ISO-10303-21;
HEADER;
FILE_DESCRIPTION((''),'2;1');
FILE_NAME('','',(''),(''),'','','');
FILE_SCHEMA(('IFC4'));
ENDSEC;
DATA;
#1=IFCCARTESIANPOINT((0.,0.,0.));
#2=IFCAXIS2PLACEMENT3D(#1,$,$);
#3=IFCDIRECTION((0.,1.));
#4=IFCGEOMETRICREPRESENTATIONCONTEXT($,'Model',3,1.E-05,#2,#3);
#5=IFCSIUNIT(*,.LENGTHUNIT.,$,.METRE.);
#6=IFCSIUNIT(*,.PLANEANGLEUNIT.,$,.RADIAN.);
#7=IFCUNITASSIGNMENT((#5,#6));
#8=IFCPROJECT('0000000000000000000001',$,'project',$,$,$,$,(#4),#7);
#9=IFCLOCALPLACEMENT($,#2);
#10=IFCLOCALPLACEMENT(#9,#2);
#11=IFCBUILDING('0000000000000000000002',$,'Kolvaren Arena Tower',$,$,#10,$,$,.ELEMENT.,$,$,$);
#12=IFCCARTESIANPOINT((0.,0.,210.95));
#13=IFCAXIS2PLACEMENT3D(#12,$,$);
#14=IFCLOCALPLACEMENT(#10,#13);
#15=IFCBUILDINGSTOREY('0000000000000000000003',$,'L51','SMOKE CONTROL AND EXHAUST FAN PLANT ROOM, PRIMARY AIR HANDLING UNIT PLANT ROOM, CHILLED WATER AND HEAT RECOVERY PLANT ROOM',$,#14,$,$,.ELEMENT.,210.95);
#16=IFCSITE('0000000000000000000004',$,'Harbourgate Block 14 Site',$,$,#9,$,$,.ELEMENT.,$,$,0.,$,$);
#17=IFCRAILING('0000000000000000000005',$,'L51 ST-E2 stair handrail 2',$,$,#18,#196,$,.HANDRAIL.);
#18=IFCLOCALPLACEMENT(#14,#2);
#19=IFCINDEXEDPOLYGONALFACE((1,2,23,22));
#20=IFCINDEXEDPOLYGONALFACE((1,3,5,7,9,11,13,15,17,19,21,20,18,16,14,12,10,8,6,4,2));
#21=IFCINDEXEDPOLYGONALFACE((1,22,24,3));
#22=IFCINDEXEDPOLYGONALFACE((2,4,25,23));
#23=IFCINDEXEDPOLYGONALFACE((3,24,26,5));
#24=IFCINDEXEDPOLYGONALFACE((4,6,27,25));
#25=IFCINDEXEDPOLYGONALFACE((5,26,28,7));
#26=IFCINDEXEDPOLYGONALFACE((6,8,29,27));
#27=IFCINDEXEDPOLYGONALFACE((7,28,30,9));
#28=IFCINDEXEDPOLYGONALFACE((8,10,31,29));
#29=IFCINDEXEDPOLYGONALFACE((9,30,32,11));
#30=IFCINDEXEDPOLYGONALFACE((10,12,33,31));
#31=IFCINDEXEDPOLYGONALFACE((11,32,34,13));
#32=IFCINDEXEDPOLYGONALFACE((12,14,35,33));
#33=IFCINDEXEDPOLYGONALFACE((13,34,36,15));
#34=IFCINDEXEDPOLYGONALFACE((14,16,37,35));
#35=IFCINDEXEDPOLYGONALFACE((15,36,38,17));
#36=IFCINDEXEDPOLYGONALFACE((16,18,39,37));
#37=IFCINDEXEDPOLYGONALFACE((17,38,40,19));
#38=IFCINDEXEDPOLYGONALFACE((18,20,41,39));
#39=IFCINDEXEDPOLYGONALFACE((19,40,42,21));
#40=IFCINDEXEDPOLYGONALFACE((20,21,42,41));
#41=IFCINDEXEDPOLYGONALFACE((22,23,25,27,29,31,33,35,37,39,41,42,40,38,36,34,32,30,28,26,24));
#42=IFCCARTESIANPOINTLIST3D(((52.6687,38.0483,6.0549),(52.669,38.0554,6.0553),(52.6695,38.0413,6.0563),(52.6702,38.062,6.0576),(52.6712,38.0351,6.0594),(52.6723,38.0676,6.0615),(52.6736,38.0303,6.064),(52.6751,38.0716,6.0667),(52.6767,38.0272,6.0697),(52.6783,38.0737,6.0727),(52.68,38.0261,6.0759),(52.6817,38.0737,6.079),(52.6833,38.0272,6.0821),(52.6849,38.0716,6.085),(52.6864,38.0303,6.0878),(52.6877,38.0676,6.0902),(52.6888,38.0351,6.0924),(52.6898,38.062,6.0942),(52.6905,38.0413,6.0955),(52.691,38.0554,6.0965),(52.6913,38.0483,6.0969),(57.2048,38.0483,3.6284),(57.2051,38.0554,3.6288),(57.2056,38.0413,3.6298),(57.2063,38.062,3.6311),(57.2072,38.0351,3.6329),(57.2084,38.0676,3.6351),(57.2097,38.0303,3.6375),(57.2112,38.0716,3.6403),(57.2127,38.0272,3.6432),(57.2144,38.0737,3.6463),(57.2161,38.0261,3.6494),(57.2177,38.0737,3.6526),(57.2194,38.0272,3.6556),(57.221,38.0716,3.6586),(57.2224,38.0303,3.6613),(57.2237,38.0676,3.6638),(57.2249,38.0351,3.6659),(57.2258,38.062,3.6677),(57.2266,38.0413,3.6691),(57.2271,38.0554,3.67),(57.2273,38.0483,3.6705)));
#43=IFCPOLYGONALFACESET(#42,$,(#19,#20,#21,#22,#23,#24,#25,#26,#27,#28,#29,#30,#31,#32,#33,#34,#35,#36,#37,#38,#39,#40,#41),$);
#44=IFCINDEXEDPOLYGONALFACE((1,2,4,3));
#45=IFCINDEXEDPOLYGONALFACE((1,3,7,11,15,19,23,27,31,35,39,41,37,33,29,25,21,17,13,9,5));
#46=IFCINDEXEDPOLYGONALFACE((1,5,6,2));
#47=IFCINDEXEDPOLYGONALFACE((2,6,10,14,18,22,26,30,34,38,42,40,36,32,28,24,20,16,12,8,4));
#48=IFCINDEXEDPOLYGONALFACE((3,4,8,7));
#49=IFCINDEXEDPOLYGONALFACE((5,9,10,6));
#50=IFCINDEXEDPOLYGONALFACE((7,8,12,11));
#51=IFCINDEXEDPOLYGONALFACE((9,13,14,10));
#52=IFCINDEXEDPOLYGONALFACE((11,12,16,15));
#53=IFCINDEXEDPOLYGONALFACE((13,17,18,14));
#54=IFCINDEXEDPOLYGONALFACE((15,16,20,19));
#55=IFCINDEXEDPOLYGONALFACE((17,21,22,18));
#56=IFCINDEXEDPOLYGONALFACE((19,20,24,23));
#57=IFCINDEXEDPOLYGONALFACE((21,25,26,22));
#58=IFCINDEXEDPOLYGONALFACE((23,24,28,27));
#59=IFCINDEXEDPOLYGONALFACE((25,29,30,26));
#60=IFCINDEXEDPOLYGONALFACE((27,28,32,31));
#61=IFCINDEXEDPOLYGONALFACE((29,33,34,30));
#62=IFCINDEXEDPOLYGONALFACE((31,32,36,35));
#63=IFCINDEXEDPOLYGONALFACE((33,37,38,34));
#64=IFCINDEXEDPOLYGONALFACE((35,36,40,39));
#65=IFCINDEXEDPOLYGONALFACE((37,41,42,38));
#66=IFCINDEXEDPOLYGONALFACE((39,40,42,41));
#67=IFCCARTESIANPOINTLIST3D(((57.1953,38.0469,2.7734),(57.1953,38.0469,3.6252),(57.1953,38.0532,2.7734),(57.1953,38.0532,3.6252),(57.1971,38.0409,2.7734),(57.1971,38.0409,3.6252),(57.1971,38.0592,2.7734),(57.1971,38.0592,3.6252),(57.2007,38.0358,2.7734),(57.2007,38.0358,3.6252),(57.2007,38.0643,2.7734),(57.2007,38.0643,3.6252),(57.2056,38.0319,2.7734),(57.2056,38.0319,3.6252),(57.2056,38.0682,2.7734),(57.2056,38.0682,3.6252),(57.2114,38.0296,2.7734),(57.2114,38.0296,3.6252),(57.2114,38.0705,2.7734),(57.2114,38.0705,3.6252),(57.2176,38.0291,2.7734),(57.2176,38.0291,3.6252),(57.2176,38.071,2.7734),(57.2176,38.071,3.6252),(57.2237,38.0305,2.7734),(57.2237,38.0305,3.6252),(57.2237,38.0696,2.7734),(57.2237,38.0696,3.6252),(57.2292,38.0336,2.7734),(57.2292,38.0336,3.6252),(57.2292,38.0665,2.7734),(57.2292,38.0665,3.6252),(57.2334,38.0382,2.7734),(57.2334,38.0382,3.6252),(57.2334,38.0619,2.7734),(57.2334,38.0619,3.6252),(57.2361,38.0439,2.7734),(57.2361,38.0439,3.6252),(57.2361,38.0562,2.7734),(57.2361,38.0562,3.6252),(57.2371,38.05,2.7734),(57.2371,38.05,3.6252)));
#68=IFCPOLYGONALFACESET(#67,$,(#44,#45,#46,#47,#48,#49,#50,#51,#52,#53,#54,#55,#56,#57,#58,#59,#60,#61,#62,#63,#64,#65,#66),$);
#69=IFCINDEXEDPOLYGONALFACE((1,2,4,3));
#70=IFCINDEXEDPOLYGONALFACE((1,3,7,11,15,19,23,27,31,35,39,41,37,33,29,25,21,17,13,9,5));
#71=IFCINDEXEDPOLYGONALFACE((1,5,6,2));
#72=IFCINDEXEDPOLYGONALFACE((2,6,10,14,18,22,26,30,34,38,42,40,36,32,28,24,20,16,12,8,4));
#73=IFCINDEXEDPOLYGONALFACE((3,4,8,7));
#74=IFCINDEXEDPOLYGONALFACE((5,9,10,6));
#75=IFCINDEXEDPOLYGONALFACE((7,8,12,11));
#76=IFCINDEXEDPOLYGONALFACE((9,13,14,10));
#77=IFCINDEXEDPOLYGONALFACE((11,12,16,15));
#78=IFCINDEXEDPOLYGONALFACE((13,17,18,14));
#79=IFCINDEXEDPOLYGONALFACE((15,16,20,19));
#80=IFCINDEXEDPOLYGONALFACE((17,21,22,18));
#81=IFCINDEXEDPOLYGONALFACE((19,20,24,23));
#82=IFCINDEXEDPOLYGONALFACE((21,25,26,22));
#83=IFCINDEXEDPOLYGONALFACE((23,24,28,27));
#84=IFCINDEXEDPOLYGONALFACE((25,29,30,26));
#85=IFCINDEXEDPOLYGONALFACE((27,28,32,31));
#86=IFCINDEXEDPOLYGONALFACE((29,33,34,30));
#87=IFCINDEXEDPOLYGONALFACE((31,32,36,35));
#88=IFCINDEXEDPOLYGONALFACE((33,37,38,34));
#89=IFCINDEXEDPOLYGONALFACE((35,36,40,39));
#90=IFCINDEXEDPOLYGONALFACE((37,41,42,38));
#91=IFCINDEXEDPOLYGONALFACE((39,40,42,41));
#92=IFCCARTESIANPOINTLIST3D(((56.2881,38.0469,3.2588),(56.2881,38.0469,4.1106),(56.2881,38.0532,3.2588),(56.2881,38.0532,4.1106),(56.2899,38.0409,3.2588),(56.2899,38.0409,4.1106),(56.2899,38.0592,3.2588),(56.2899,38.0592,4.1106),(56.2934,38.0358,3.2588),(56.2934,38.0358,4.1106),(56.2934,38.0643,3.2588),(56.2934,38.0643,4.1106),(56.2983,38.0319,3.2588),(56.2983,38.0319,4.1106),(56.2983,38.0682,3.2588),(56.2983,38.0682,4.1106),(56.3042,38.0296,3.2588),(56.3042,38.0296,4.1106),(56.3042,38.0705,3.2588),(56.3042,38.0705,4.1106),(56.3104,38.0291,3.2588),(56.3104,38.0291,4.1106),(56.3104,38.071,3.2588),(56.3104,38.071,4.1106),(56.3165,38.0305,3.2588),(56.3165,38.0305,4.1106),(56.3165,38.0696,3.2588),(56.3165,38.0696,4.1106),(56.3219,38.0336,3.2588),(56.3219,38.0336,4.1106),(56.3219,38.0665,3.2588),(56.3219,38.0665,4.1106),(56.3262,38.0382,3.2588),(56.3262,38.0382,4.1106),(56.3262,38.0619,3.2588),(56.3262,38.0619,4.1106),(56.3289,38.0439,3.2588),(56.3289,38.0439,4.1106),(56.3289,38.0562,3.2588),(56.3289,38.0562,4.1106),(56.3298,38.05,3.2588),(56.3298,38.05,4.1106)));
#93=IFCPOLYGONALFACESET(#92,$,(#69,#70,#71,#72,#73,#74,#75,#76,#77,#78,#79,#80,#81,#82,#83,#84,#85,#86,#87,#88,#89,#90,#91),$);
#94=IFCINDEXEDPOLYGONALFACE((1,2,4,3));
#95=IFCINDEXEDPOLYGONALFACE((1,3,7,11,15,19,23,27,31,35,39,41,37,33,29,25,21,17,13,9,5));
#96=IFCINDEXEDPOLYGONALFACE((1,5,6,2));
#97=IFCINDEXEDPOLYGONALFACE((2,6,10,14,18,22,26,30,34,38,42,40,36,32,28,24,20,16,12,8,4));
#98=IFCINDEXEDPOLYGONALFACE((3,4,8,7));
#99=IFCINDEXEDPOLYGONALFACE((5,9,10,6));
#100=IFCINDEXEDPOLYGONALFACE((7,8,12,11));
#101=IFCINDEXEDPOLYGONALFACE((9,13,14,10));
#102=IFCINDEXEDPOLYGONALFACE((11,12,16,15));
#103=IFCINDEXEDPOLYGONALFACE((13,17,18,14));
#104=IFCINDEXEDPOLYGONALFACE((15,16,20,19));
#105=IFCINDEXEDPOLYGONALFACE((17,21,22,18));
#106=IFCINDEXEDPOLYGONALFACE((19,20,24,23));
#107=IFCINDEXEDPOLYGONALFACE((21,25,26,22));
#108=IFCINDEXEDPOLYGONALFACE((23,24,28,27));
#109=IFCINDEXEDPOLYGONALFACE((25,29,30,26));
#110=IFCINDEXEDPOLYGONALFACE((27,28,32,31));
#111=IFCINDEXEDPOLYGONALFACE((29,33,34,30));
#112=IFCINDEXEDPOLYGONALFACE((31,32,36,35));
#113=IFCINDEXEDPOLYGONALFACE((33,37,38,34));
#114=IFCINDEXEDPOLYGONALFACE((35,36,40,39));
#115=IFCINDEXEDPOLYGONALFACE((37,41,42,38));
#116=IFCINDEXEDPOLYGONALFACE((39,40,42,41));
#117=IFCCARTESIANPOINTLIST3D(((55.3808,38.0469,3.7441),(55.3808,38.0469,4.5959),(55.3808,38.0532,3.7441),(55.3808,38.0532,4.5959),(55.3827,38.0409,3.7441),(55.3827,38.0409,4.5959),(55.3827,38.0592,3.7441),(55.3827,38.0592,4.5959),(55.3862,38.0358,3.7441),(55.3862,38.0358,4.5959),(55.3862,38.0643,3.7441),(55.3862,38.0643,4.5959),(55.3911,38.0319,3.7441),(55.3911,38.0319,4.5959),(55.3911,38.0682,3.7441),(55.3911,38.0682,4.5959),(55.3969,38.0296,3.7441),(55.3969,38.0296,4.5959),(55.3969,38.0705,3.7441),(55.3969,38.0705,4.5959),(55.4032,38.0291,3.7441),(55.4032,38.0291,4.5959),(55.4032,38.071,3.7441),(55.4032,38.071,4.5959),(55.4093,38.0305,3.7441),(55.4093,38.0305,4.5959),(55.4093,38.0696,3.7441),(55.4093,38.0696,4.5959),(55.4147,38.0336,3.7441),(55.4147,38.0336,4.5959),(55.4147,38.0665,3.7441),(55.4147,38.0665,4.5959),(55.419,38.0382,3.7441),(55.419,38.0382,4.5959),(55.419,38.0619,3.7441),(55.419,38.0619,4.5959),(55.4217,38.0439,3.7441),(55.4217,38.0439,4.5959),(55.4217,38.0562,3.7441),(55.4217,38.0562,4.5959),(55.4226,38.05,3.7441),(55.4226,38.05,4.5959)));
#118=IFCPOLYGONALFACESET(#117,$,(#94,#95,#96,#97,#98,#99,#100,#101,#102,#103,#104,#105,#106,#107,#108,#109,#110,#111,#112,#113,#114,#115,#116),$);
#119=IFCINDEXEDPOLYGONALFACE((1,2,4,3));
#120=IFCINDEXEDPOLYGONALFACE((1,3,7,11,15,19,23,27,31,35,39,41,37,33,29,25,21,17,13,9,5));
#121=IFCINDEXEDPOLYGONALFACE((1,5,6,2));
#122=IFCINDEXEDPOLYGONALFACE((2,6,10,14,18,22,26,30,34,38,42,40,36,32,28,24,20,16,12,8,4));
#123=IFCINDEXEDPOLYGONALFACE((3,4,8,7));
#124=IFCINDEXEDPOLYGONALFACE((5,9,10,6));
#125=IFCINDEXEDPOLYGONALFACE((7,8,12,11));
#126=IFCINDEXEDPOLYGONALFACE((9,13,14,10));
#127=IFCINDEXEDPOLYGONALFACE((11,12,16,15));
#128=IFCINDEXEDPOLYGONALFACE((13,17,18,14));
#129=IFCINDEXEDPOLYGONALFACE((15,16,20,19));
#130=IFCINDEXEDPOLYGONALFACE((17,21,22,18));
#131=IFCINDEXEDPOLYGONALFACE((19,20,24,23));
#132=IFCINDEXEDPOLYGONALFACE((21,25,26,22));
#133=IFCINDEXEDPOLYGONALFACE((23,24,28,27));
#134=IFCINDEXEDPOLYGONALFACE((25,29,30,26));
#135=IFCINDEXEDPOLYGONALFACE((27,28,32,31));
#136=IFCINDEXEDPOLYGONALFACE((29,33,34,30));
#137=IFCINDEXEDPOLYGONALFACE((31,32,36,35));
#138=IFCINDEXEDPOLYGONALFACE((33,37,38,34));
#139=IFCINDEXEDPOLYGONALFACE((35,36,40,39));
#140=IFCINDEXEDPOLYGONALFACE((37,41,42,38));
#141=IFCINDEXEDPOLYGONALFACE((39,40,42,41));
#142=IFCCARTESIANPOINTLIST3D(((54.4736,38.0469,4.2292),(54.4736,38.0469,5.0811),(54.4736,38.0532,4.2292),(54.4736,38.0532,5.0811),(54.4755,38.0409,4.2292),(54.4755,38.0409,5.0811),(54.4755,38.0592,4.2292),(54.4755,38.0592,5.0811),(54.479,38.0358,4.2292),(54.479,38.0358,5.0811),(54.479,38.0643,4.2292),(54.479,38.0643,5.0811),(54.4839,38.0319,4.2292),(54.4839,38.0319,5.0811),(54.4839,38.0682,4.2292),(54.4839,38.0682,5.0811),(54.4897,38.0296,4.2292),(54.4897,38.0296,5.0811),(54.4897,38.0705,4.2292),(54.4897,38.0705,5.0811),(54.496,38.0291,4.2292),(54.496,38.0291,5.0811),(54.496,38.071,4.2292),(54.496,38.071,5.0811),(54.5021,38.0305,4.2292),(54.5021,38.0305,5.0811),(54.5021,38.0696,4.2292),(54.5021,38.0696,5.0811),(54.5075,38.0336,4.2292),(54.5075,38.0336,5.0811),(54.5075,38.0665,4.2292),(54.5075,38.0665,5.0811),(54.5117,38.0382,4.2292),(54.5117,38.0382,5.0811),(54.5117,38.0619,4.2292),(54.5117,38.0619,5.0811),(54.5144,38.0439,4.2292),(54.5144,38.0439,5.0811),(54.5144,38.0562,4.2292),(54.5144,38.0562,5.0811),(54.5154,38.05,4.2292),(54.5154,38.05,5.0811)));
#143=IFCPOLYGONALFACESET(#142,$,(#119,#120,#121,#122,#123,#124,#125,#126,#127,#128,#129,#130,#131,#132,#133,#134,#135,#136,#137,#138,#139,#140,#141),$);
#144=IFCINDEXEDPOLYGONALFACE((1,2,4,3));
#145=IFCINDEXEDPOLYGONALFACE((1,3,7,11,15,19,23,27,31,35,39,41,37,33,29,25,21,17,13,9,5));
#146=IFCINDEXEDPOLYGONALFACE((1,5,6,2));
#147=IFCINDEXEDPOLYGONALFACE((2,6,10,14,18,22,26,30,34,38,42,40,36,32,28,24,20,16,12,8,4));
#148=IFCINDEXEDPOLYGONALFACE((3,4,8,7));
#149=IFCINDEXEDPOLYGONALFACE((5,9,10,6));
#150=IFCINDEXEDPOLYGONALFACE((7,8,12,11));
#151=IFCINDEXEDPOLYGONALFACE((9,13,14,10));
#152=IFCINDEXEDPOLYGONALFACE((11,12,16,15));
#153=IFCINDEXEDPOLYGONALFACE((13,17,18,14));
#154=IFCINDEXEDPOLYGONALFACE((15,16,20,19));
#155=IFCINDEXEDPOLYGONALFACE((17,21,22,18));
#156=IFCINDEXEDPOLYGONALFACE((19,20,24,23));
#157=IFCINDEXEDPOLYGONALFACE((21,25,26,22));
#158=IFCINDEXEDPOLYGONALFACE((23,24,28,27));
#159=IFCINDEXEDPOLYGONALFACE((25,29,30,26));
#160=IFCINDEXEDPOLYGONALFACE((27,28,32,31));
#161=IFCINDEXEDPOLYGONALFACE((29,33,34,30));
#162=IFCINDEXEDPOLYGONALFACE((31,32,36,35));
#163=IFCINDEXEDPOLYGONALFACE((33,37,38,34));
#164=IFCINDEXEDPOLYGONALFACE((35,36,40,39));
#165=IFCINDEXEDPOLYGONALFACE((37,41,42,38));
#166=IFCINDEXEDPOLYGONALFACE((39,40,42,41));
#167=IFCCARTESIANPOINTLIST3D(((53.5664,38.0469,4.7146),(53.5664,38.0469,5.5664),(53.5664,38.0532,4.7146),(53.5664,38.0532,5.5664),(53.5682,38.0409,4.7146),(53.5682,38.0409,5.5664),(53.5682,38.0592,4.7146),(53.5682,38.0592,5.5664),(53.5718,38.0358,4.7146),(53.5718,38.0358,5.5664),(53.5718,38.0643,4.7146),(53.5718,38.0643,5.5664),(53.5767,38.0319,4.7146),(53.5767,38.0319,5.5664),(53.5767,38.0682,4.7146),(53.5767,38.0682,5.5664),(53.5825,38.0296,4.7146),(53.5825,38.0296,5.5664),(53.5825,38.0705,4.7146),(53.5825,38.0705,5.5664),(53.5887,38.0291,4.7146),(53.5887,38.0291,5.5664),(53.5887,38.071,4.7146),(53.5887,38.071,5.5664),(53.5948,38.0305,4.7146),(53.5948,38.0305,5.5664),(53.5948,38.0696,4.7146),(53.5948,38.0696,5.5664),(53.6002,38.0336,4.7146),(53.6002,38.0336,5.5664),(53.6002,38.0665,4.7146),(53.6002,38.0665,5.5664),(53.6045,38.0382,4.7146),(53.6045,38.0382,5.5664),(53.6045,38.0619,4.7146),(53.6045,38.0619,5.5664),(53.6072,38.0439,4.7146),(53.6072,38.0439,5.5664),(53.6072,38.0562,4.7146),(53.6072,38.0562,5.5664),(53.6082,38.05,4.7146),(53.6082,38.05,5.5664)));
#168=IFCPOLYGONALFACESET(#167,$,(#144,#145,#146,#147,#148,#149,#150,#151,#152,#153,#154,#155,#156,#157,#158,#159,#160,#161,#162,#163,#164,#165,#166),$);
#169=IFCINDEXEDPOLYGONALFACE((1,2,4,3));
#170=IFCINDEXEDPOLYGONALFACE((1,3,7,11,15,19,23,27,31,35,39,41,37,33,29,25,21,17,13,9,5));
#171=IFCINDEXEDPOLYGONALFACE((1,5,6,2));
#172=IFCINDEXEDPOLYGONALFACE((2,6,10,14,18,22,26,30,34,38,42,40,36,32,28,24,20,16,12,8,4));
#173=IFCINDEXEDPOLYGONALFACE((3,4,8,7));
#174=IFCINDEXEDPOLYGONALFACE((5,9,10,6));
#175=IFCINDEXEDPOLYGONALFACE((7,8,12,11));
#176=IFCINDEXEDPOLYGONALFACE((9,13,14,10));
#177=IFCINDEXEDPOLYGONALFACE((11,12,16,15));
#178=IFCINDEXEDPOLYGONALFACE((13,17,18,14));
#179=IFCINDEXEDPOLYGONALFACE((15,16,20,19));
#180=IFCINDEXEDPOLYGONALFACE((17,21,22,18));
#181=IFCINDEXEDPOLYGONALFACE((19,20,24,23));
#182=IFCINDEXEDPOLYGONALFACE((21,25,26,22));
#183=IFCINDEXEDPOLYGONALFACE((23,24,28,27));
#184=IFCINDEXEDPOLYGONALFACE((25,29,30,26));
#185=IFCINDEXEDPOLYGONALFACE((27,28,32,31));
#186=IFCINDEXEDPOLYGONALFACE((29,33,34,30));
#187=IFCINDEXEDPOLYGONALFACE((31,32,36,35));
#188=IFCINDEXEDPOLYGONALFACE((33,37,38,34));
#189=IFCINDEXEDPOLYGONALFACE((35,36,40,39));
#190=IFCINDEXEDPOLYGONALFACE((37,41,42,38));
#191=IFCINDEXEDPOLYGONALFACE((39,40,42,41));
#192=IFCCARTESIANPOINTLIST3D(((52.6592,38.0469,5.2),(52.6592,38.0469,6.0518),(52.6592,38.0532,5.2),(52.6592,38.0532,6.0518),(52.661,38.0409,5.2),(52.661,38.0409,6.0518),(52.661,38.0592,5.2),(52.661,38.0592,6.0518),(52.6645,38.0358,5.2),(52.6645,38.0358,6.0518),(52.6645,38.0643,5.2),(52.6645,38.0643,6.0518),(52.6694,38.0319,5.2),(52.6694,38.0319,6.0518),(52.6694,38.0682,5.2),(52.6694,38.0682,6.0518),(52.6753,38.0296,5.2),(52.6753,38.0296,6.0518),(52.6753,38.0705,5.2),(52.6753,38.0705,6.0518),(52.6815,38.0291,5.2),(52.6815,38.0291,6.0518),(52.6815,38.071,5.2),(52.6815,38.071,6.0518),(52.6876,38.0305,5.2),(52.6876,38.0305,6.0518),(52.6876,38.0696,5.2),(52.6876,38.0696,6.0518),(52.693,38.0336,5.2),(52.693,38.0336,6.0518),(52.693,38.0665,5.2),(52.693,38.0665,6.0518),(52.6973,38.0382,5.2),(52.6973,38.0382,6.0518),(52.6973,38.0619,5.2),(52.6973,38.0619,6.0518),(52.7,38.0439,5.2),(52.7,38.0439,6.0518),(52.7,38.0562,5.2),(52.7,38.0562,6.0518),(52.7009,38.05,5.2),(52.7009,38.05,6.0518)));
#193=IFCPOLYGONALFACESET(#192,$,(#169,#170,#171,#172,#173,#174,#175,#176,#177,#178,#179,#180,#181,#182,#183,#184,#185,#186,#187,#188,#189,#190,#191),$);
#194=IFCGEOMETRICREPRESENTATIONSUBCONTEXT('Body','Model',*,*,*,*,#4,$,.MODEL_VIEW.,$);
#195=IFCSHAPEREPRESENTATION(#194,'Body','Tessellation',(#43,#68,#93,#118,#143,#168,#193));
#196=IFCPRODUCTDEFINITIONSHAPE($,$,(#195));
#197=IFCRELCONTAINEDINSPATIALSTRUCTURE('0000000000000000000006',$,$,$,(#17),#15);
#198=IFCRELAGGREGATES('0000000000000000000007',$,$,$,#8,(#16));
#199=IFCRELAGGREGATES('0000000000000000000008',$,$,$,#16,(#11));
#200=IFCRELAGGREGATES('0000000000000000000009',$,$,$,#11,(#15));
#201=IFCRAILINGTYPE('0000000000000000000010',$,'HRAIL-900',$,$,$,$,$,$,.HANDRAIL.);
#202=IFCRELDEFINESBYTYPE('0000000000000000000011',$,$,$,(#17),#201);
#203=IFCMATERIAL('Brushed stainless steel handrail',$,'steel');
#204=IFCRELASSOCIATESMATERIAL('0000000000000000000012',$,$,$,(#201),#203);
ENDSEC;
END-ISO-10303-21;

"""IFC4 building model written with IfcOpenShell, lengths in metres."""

from ifc_helpers import new_model, si_unit, direction, frame, origin, origin_2d, place, context, subcontext, project, spatial, circle, extrude, material, type_object, element, save


model = new_model("IFC4")

# Units and contexts
model_context = context("Model", 3, precision=1e-05, world=origin(), true_north=direction((0.0, 1.0)))
body_context = subcontext(model_context, "Body", "Model", "MODEL_VIEW")
ifc_project = project(units=[si_unit("LENGTHUNIT", "METRE"), si_unit("PLANEANGLEUNIT", "RADIAN")], contexts=[model_context])

# Site, building, storey
site_placement = place(None, origin())
site = spatial("IfcSite", under=ifc_project, at=site_placement, Name="Harbourgate Block 14 Site", CompositionType="ELEMENT", RefElevation=0.0)
building_placement = place(site_placement, origin())
building = spatial("IfcBuilding", under=site, at=building_placement, Name="Kolvaren Arena Tower", CompositionType="ELEMENT")
storey_placement = place(building_placement, frame((0.0, 0.0, 210.95)))
storey = spatial("IfcBuildingStorey", under=building, at=storey_placement, Name="L51", Description="SMOKE CONTROL AND EXHAUST FAN PLANT ROOM, PRIMARY AIR HANDLING UNIT PLANT ROOM, CHILLED WATER AND HEAT RECOVERY PLANT ROOM", CompositionType="ELEMENT", Elevation=210.95)

# Railing
ifc_material_1 = material(Name="Brushed stainless steel handrail", Category="steel")
railing_type_1 = type_object("IfcRailingType", Name="HRAIL-900", PredefinedType="HANDRAIL", material=ifc_material_1)
railing_1_placement = place(storey_placement, frame((57.2161, 38.05, 2.7734)))
element("IfcRailing", 1, at=railing_1_placement, inside=storey, type_object=railing_type_1, Name="L51 ST-E2 stair handrail 2", PredefinedType="HANDRAIL", context=body_context, shape_type="SweptSolid", body=[
    extrude(circle(Radius=0.0239, at=origin_2d()), frame((0.0, 0.0, 0.876), z_axis=(-0.881768, 0.0, 0.471684), x_axis=(0.0, -1.0, 0.0)), (0.0, 0.0, 1.0), 5.1443),
    extrude(circle(Radius=0.021, at=origin_2d()), origin(), (0.0, 0.0, 1.0), 0.8518),
    extrude(circle(Radius=0.021, at=origin_2d()), frame((-0.9072, 0.0, 0.4854)), (0.0, 0.0, 1.0), 0.8518),
    extrude(circle(Radius=0.021, at=origin_2d()), frame((-1.8145, 0.0, 0.9707)), (0.0, 0.0, 1.0), 0.8518),
    extrude(circle(Radius=0.021, at=origin_2d()), frame((-2.7217, 0.0, 1.4558)), (0.0, 0.0, 1.0), 0.8518),
    extrude(circle(Radius=0.021, at=origin_2d()), frame((-3.6289, 0.0, 1.9412)), (0.0, 0.0, 1.0), 0.8518),
    extrude(circle(Radius=0.021, at=origin_2d()), frame((-4.5361, 0.0, 2.4265)), (0.0, 0.0, 1.0), 0.8518),
])

save(model, "model.ifc")
